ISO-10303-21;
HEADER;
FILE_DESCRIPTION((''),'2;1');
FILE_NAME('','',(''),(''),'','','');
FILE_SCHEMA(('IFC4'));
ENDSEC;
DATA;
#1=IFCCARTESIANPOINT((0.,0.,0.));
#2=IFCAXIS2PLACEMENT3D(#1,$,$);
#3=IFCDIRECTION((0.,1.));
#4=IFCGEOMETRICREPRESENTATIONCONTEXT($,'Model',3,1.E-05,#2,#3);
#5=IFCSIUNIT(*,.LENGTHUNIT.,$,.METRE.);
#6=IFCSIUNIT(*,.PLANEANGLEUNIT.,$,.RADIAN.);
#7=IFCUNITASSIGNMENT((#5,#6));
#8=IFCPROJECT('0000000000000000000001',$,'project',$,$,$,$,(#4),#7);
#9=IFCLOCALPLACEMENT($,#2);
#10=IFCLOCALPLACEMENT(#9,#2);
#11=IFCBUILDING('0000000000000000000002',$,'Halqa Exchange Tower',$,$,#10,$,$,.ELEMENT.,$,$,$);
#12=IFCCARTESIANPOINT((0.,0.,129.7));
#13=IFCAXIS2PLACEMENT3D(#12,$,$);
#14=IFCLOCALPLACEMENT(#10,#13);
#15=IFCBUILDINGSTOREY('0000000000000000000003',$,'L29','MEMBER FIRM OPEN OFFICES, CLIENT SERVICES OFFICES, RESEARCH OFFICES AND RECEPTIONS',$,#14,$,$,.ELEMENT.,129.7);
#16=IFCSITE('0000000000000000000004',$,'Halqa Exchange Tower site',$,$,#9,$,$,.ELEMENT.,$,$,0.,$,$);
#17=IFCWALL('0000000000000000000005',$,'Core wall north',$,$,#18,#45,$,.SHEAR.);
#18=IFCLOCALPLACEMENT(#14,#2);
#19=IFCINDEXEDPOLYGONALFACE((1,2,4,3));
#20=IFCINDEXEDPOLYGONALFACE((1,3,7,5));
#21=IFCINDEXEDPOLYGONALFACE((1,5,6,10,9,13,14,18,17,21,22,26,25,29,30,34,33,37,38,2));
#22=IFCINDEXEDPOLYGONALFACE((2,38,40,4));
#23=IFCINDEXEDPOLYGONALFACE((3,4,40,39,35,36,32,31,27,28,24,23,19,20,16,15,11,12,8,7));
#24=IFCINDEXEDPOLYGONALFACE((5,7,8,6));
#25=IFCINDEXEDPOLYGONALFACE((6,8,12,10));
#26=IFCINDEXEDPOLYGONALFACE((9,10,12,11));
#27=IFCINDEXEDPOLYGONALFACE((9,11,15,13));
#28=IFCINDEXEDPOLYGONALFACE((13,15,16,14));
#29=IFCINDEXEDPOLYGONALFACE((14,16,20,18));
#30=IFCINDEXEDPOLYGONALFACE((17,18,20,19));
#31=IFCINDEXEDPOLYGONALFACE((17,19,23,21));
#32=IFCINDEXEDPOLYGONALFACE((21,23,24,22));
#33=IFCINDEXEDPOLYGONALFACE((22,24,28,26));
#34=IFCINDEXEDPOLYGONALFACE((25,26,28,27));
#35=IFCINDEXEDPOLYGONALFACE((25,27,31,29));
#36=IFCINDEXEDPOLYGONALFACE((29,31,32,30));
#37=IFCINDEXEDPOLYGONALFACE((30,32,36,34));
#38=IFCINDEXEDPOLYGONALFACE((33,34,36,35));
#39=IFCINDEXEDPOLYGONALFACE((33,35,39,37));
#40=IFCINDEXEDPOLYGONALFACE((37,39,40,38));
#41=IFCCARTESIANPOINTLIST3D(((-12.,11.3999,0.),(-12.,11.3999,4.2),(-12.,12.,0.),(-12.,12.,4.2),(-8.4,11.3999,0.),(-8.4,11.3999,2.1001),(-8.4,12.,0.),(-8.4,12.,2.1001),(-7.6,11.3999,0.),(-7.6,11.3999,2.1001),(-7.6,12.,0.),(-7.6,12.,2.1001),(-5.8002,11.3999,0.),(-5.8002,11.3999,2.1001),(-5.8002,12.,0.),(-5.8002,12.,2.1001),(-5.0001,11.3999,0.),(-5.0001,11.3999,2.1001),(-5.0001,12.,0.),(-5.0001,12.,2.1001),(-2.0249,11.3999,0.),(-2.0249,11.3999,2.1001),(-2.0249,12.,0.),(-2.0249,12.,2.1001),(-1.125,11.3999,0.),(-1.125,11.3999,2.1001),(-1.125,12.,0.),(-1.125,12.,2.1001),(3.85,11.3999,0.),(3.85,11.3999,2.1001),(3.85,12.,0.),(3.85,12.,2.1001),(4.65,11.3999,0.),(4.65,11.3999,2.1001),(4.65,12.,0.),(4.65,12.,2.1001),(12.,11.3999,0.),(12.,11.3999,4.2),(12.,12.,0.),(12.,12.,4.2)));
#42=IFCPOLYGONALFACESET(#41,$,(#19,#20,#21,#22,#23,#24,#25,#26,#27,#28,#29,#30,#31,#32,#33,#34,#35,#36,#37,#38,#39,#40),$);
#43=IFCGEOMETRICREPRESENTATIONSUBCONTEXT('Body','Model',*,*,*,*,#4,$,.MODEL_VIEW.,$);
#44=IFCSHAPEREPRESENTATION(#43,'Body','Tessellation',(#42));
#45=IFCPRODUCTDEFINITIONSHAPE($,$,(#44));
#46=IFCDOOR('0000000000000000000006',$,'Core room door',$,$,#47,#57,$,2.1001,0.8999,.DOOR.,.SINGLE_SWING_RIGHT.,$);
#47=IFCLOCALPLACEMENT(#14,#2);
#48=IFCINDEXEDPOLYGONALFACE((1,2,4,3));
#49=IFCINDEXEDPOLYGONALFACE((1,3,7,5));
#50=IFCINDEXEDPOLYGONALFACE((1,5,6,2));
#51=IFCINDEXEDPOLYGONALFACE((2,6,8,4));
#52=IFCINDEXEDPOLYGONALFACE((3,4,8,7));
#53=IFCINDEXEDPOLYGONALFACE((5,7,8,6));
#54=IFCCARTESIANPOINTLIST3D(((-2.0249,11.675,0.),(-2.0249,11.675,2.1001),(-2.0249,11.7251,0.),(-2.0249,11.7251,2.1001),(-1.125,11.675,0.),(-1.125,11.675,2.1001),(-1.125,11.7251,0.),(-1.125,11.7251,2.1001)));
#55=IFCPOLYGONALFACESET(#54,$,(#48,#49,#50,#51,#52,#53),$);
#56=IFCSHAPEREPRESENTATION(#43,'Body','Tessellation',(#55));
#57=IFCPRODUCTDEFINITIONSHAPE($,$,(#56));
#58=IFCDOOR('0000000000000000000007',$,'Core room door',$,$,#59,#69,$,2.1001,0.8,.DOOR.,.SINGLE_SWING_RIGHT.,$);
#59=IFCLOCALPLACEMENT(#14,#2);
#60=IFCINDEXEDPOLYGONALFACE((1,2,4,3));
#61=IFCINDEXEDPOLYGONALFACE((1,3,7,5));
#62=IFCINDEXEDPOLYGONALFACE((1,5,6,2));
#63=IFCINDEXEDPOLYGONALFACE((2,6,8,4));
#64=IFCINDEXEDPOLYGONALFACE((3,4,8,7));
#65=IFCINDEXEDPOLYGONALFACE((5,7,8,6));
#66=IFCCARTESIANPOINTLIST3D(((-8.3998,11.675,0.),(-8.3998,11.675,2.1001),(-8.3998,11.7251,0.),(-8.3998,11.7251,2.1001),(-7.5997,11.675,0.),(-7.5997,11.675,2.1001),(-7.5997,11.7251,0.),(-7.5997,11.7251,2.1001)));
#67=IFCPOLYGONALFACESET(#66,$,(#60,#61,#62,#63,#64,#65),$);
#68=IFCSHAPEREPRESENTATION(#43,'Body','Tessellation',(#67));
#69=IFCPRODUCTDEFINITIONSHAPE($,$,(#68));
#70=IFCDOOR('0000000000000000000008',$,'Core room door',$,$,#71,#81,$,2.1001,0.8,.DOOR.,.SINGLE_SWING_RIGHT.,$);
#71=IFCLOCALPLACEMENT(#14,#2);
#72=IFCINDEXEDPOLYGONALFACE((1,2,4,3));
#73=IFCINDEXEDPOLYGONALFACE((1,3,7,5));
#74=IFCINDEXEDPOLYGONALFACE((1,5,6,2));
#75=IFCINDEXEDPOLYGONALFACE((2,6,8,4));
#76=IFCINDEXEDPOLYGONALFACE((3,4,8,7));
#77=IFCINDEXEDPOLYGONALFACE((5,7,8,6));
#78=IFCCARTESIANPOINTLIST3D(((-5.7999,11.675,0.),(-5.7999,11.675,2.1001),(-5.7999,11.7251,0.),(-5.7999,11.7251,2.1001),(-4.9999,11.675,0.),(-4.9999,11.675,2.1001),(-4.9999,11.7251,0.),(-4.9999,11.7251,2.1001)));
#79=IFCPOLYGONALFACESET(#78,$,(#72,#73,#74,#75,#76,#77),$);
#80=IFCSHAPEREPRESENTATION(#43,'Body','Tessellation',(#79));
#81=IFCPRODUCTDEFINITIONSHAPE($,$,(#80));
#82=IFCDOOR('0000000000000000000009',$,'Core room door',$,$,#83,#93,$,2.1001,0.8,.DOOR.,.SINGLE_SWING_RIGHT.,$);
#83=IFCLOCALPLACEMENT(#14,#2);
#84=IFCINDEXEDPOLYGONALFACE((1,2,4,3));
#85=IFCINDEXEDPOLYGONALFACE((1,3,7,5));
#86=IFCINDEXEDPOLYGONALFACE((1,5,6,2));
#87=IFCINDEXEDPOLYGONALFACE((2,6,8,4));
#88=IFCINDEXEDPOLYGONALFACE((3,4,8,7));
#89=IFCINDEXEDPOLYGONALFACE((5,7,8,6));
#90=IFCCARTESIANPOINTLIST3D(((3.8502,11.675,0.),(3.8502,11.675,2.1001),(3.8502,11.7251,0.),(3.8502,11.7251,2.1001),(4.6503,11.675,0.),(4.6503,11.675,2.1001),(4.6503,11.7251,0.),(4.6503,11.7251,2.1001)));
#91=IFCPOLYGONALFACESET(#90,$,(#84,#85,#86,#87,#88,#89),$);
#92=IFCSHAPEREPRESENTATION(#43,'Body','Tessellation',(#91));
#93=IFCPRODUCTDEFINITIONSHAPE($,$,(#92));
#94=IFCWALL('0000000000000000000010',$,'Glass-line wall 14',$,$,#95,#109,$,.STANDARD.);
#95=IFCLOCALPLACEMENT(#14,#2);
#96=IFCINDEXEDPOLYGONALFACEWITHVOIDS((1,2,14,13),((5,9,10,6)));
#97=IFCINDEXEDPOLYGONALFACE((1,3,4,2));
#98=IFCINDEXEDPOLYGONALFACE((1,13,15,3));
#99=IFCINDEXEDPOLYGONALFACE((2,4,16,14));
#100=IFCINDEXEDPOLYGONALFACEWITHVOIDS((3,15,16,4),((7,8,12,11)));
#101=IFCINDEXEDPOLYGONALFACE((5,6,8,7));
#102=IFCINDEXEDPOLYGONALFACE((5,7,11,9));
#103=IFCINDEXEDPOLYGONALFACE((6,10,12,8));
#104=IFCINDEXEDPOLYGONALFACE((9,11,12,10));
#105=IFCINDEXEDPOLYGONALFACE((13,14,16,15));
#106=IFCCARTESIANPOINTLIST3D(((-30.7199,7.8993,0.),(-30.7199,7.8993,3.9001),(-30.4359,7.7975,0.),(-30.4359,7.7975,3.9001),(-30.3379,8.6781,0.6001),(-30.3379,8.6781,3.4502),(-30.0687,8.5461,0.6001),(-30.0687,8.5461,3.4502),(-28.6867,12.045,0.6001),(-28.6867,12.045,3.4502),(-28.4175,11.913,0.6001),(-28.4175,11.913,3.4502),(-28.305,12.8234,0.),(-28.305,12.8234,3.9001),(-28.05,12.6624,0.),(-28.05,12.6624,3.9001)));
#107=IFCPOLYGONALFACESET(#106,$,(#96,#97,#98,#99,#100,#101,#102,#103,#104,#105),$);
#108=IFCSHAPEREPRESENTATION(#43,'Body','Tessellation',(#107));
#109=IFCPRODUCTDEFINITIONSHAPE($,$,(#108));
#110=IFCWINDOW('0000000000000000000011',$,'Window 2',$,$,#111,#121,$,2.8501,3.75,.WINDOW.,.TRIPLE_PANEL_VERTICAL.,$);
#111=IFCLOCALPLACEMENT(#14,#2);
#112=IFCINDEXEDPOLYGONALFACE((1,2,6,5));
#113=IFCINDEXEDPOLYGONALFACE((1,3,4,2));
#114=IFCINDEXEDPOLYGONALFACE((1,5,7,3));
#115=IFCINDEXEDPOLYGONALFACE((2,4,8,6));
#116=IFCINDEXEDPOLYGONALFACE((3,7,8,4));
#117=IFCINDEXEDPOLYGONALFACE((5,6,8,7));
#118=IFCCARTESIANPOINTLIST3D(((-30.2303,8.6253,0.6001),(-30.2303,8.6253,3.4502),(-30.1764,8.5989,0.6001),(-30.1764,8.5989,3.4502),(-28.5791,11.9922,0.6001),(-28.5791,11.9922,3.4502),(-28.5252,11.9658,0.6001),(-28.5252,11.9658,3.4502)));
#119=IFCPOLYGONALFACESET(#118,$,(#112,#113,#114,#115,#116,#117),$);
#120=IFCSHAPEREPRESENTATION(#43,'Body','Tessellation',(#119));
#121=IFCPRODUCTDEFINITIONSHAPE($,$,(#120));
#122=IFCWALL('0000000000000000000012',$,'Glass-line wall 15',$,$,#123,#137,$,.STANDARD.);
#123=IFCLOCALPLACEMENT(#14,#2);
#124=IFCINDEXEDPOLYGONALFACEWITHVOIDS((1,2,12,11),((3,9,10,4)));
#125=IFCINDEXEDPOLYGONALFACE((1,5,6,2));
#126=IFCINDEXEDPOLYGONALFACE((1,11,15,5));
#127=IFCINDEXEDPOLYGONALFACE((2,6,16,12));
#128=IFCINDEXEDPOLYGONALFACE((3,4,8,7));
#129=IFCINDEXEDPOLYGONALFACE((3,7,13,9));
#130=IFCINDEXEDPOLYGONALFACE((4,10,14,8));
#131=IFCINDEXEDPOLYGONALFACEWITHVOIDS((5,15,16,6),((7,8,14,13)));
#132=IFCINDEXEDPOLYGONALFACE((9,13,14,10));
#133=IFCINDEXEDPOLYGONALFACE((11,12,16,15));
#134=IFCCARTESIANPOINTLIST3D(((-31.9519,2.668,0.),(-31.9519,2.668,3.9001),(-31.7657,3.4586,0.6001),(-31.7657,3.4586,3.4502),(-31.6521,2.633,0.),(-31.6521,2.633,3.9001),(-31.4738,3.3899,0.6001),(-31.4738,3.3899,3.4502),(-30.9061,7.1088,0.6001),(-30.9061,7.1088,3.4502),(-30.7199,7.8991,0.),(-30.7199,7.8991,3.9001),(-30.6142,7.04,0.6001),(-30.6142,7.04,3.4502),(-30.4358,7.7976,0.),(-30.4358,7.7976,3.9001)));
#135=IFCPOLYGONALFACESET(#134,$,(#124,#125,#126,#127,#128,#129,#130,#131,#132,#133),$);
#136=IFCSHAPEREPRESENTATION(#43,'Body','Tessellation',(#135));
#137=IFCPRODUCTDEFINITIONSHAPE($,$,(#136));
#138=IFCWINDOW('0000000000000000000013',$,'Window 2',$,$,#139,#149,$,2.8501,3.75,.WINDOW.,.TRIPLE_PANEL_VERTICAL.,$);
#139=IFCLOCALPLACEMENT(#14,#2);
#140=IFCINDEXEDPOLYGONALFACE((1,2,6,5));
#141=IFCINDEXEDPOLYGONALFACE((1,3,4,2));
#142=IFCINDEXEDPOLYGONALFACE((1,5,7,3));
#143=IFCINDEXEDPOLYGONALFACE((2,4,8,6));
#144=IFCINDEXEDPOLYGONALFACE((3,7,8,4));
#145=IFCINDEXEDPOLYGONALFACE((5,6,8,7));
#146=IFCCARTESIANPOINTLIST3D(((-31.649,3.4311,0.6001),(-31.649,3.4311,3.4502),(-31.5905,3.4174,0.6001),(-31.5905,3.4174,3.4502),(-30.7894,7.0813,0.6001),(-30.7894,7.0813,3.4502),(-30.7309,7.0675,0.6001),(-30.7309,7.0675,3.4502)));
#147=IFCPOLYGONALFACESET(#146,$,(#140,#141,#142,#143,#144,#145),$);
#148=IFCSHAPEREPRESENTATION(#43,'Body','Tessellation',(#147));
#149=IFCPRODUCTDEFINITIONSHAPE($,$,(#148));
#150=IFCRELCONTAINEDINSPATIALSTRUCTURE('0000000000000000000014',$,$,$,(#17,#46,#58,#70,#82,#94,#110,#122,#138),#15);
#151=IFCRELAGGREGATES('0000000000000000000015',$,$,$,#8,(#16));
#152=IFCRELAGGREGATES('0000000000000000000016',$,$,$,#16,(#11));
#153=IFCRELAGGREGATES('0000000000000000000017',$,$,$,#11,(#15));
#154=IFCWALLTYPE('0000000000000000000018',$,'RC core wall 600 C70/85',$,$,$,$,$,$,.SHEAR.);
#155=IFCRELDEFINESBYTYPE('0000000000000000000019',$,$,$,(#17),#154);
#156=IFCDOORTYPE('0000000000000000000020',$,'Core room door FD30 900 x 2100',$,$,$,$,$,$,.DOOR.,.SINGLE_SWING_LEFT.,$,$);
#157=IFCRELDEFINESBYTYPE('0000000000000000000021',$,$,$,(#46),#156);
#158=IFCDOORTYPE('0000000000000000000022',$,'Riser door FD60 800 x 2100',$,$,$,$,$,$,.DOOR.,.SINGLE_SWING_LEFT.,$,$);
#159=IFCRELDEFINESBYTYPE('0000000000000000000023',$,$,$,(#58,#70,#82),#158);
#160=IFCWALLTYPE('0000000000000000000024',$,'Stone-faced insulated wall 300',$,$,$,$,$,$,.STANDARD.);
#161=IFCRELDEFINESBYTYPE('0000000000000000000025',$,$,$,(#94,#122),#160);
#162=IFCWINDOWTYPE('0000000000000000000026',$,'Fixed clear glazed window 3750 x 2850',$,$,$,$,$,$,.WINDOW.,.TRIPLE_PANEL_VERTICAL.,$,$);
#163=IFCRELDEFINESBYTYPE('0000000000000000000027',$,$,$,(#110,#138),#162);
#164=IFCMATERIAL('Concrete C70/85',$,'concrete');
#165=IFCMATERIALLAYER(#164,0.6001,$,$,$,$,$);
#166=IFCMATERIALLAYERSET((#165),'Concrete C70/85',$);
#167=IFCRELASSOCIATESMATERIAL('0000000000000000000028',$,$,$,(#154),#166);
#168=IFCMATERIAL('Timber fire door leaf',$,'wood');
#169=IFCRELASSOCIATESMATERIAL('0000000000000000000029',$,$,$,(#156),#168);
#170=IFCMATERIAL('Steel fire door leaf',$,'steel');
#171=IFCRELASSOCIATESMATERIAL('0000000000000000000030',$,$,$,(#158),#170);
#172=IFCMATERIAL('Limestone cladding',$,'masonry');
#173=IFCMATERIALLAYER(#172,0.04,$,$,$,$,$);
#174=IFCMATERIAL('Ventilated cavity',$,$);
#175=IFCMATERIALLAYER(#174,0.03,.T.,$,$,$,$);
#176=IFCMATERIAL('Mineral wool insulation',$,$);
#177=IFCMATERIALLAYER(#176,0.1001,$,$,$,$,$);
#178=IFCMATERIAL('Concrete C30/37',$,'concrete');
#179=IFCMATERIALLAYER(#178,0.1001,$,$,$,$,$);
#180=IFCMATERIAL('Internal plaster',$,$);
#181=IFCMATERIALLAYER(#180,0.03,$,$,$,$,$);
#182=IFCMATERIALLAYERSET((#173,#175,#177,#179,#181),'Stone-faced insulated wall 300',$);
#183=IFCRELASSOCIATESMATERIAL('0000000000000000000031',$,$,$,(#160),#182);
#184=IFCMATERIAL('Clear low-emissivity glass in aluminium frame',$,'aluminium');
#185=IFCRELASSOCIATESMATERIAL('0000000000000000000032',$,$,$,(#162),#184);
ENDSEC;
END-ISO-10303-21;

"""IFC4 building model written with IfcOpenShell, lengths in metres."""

from ifc_helpers import new_model, si_unit, direction, frame, frame_2d, origin, place, context, subcontext, project, spatial, polyline, rectangle, outline, extrude, material, layer, layer_set, type_object, element, fill, save


model = new_model("IFC4")

# Units and contexts
model_context = context("Model", 3, precision=1e-05, world=origin(), true_north=direction((0.0, 1.0)))
body_context = subcontext(model_context, "Body", "Model", "MODEL_VIEW")
ifc_project = project(units=[si_unit("LENGTHUNIT", "METRE"), si_unit("PLANEANGLEUNIT", "RADIAN")], contexts=[model_context])

# Site, building, storey
site_placement = place(None, origin())
site = spatial("IfcSite", under=ifc_project, at=site_placement, Name="Halqa Exchange Tower site", CompositionType="ELEMENT", RefElevation=0.0)
building_placement = place(site_placement, origin())
building = spatial("IfcBuilding", under=site, at=building_placement, Name="Halqa Exchange Tower", CompositionType="ELEMENT")
storey_placement = place(building_placement, frame((0.0, 0.0, 129.7)))
storey = spatial("IfcBuildingStorey", under=building, at=storey_placement, Name="L29", Description="MEMBER FIRM OPEN OFFICES, CLIENT SERVICES OFFICES, RESEARCH OFFICES AND RECEPTIONS", CompositionType="ELEMENT", Elevation=129.7)

# Shared definitions
ifc_material_1 = material(Name="Concrete C70/85", Category="concrete")

# Wall, openings, doors
ifc_layer_1 = layer(ifc_material_1, 0.6001)
ifc_layer_set_1 = layer_set([ifc_layer_1], Name="Concrete C70/85")
wall_type_1 = type_object("IfcWallType", Name="RC core wall 600 C70/85", PredefinedType="SHEAR", material=ifc_layer_set_1)
wall_1_placement = place(storey_placement, frame((-12.0, 11.7, 0.0), z_axis=(0.0, 0.0, 1.0), x_axis=(1.0, 0.0, 0.0)))
wall_1 = element("IfcWall", 1, at=wall_1_placement, inside=storey, type_object=wall_type_1, Name="Core wall north", PredefinedType="SHEAR", context=body_context, shape_type="SweptSolid", body=[
    extrude(rectangle(XDim=24.0, YDim=0.6001, at=frame_2d((12.0, 0.0))), origin(), (0.0, 0.0, 1.0), 4.2),
])
opening_1_placement = place(wall_1_placement, frame((9.9751, 0.0, 0.0)))
opening_1 = element("IfcOpeningElement", 2, at=opening_1_placement, cuts=wall_1, PredefinedType="OPENING", context=body_context, shape_type="SweptSolid", body=[
    extrude(rectangle(XDim=0.8999, YDim=2.1001, at=frame_2d((0.45, 1.05))), frame((0.0, 0.312, 0.0), z_axis=(0.0, -1.0, 0.0), x_axis=(1.0, 0.0, 0.0)), (0.0, 0.0, 1.0), 0.624),
])
opening_2_placement = place(wall_1_placement, frame((3.6001, 0.0, 0.0)))
opening_2 = element("IfcOpeningElement", 3, at=opening_2_placement, cuts=wall_1, PredefinedType="OPENING", context=body_context, shape_type="SweptSolid", body=[
    extrude(rectangle(XDim=0.8, YDim=2.1001, at=frame_2d((0.3999, 1.05))), frame((0.0, 0.312, 0.0), z_axis=(0.0, -1.0, 0.0), x_axis=(1.0, 0.0, 0.0)), (0.0, 0.0, 1.0), 0.624),
])
opening_3_placement = place(wall_1_placement, frame((6.2, 0.0, 0.0)))
opening_3 = element("IfcOpeningElement", 4, at=opening_3_placement, cuts=wall_1, PredefinedType="OPENING", context=body_context, shape_type="SweptSolid", body=[
    extrude(rectangle(XDim=0.8, YDim=2.1001, at=frame_2d((0.3999, 1.05))), frame((0.0, 0.312, 0.0), z_axis=(0.0, -1.0, 0.0), x_axis=(1.0, 0.0, 0.0)), (0.0, 0.0, 1.0), 0.624),
])
opening_4_placement = place(wall_1_placement, frame((15.8501, 0.0, 0.0)))
opening_4 = element("IfcOpeningElement", 5, at=opening_4_placement, cuts=wall_1, PredefinedType="OPENING", context=body_context, shape_type="SweptSolid", body=[
    extrude(rectangle(XDim=0.8, YDim=2.1001, at=frame_2d((0.3999, 1.05))), frame((0.0, 0.312, 0.0), z_axis=(0.0, -1.0, 0.0), x_axis=(1.0, 0.0, 0.0)), (0.0, 0.0, 1.0), 0.624),
])
ifc_material_2 = material(Name="Timber fire door leaf", Category="wood")
door_type_1 = type_object("IfcDoorType", Name="Core room door FD30 900 x 2100", OperationType="SINGLE_SWING_LEFT", PredefinedType="DOOR", material=ifc_material_2)
door_1_placement = place(opening_1_placement, frame((0.8999, 0.0, 0.0), z_axis=(0.0, 0.0, 1.0), x_axis=(-1.0, 0.0, 0.0)))
door_1 = element("IfcDoor", 6, at=door_1_placement, inside=storey, type_object=door_type_1, Name="Core room door", OperationType="SINGLE_SWING_RIGHT", OverallHeight=2.1001, OverallWidth=0.8999, PredefinedType="DOOR", context=body_context, shape_type="SweptSolid", body=[
    extrude(rectangle(XDim=0.8999, YDim=2.1001, at=frame_2d((0.45, 1.05))), frame((0.0, 0.0249, 0.0), z_axis=(0.0, -1.0, 0.0), x_axis=(1.0, 0.0, 0.0)), (0.0, 0.0, 1.0), 0.05),
])
fill(opening_1, door_1)
ifc_material_3 = material(Name="Steel fire door leaf", Category="steel")
door_type_2 = type_object("IfcDoorType", Name="Riser door FD60 800 x 2100", OperationType="SINGLE_SWING_LEFT", PredefinedType="DOOR", material=ifc_material_3)
door_2_placement = place(opening_2_placement, frame((0.8, 0.0, 0.0), z_axis=(0.0, 0.0, 1.0), x_axis=(-1.0, 0.0, 0.0)))
door_2 = element("IfcDoor", 7, at=door_2_placement, inside=storey, type_object=door_type_2, Name="Core room door", OperationType="SINGLE_SWING_RIGHT", OverallHeight=2.1001, OverallWidth=0.8, PredefinedType="DOOR", context=body_context, shape_type="SweptSolid", body=[
    extrude(rectangle(XDim=0.8, YDim=2.1001, at=frame_2d((0.3999, 1.05))), frame((0.0, 0.0249, 0.0), z_axis=(0.0, -1.0, 0.0), x_axis=(1.0, 0.0, 0.0)), (0.0, 0.0, 1.0), 0.05),
])
fill(opening_2, door_2)
door_3_placement = place(opening_3_placement, frame((0.8, 0.0, 0.0), z_axis=(0.0, 0.0, 1.0), x_axis=(-1.0, 0.0, 0.0)))
door_3 = element("IfcDoor", 8, at=door_3_placement, inside=storey, type_object=door_type_2, Name="Core room door", OperationType="SINGLE_SWING_RIGHT", OverallHeight=2.1001, OverallWidth=0.8, PredefinedType="DOOR", context=body_context, shape_type="SweptSolid", body=[
    extrude(rectangle(XDim=0.8, YDim=2.1001, at=frame_2d((0.3999, 1.05))), frame((0.0, 0.0249, 0.0), z_axis=(0.0, -1.0, 0.0), x_axis=(1.0, 0.0, 0.0)), (0.0, 0.0, 1.0), 0.05),
])
fill(opening_3, door_3)
door_4_placement = place(opening_4_placement, frame((0.8, 0.0, 0.0), z_axis=(0.0, 0.0, 1.0), x_axis=(-1.0, 0.0, 0.0)))
door_4 = element("IfcDoor", 9, at=door_4_placement, inside=storey, type_object=door_type_2, Name="Core room door", OperationType="SINGLE_SWING_RIGHT", OverallHeight=2.1001, OverallWidth=0.8, PredefinedType="DOOR", context=body_context, shape_type="SweptSolid", body=[
    extrude(rectangle(XDim=0.8, YDim=2.1001, at=frame_2d((0.3999, 1.05))), frame((0.0, 0.0249, 0.0), z_axis=(0.0, -1.0, 0.0), x_axis=(1.0, 0.0, 0.0)), (0.0, 0.0, 1.0), 0.05),
])
fill(opening_4, door_4)

# Walls, openings, windows
ifc_material_4 = material(Name="Limestone cladding", Category="masonry")
ifc_layer_2 = layer(ifc_material_4, 0.04)
ifc_material_5 = material(Name="Ventilated cavity")
ifc_layer_3 = layer(ifc_material_5, 0.03, ventilated=True)
ifc_material_6 = material(Name="Mineral wool insulation")
ifc_layer_4 = layer(ifc_material_6, 0.1001)
ifc_material_7 = material(Name="Concrete C30/37", Category="concrete")
ifc_layer_5 = layer(ifc_material_7, 0.1001)
ifc_material_8 = material(Name="Internal plaster")
ifc_layer_6 = layer(ifc_material_8, 0.03)
ifc_layer_set_2 = layer_set([ifc_layer_2, ifc_layer_3, ifc_layer_4, ifc_layer_5, ifc_layer_6], Name="Stone-faced insulated wall 300")
wall_type_2 = type_object("IfcWallType", Name="Stone-faced insulated wall 300", PredefinedType="STANDARD", material=ifc_layer_set_2)
wall_2_placement = place(storey_placement, frame((-28.1775, 12.7429, 0.0), z_axis=(0.0, 0.0, 1.0), x_axis=(-0.440321, -0.89784, 0.0)))
wall_2 = element("IfcWall", 10, at=wall_2_placement, inside=storey, type_object=wall_type_2, Name="Glass-line wall 14", PredefinedType="STANDARD", context=body_context, shape_type="SweptSolid", body=[
    extrude(outline(polyline([(-0.0161, -0.1499), (5.4683, -0.1499), (5.4346, 0.1499), (0.0161, 0.1499), (-0.0161, -0.1499)])), origin(), (0.0, 0.0, 1.0), 3.9001),
])
opening_5_placement = place(wall_2_placement, frame((0.8508, 0.0, 0.6001)))
opening_5 = element("IfcOpeningElement", 11, at=opening_5_placement, cuts=wall_2, PredefinedType="OPENING", context=body_context, shape_type="SweptSolid", body=[
    extrude(rectangle(XDim=3.75, YDim=2.8501, at=frame_2d((1.875, 1.425))), frame((0.0, 0.1621, 0.0), z_axis=(0.0, -1.0, 0.0), x_axis=(1.0, 0.0, 0.0)), (0.0, 0.0, 1.0), 0.324),
])
ifc_material_9 = material(Name="Clear low-emissivity glass in aluminium frame", Category="aluminium")
window_type = type_object("IfcWindowType", Name="Fixed clear glazed window 3750 x 2850", PartitioningType="TRIPLE_PANEL_VERTICAL", PredefinedType="WINDOW", material=ifc_material_9)
window_1_placement = place(opening_5_placement, origin())
window_1 = element("IfcWindow", 12, at=window_1_placement, inside=storey, type_object=window_type, Name="Window 2", OverallHeight=2.8501, OverallWidth=3.75, PartitioningType="TRIPLE_PANEL_VERTICAL", PredefinedType="WINDOW", context=body_context, shape_type="SweptSolid", body=[
    extrude(rectangle(XDim=3.75, YDim=2.8501, at=frame_2d((1.875, 1.425))), frame((0.0, 0.03, 0.0), z_axis=(0.0, -1.0, 0.0), x_axis=(1.0, 0.0, 0.0)), (0.0, 0.0, 1.0), 0.0601),
])
fill(opening_5, window_1)
wall_3_placement = place(storey_placement, frame((-30.5779, 7.8484, 0.0), z_axis=(0.0, 0.0, 1.0), x_axis=(-0.229228, -0.973373, 0.0)))
wall_3 = element("IfcWall", 13, at=wall_3_placement, inside=storey, type_object=wall_type_2, Name="Glass-line wall 15", PredefinedType="STANDARD", context=body_context, shape_type="SweptSolid", body=[
    extrude(outline(polyline([(-0.0168, -0.1499), (5.3574, -0.1499), (5.3228, 0.1499), (0.0168, 0.1499), (-0.0168, -0.1499)])), origin(), (0.0, 0.0, 1.0), 3.9001),
])
opening_6_placement = place(wall_3_placement, frame((0.7952, 0.0, 0.6001)))
opening_6 = element("IfcOpeningElement", 14, at=opening_6_placement, cuts=wall_3, PredefinedType="OPENING", context=body_context, shape_type="SweptSolid", body=[
    extrude(rectangle(XDim=3.75, YDim=2.8501, at=frame_2d((1.875, 1.425))), frame((0.0, 0.1621, 0.0), z_axis=(0.0, -1.0, 0.0), x_axis=(1.0, 0.0, 0.0)), (0.0, 0.0, 1.0), 0.324),
])
window_2_placement = place(opening_6_placement, origin())
window_2 = element("IfcWindow", 15, at=window_2_placement, inside=storey, type_object=window_type, Name="Window 2", OverallHeight=2.8501, OverallWidth=3.75, PartitioningType="TRIPLE_PANEL_VERTICAL", PredefinedType="WINDOW", context=body_context, shape_type="SweptSolid", body=[
    extrude(rectangle(XDim=3.75, YDim=2.8501, at=frame_2d((1.875, 1.425))), frame((0.0, 0.03, 0.0), z_axis=(0.0, -1.0, 0.0), x_axis=(1.0, 0.0, 0.0)), (0.0, 0.0, 1.0), 0.0601),
])
fill(opening_6, window_2)

save(model, "model.ifc")
